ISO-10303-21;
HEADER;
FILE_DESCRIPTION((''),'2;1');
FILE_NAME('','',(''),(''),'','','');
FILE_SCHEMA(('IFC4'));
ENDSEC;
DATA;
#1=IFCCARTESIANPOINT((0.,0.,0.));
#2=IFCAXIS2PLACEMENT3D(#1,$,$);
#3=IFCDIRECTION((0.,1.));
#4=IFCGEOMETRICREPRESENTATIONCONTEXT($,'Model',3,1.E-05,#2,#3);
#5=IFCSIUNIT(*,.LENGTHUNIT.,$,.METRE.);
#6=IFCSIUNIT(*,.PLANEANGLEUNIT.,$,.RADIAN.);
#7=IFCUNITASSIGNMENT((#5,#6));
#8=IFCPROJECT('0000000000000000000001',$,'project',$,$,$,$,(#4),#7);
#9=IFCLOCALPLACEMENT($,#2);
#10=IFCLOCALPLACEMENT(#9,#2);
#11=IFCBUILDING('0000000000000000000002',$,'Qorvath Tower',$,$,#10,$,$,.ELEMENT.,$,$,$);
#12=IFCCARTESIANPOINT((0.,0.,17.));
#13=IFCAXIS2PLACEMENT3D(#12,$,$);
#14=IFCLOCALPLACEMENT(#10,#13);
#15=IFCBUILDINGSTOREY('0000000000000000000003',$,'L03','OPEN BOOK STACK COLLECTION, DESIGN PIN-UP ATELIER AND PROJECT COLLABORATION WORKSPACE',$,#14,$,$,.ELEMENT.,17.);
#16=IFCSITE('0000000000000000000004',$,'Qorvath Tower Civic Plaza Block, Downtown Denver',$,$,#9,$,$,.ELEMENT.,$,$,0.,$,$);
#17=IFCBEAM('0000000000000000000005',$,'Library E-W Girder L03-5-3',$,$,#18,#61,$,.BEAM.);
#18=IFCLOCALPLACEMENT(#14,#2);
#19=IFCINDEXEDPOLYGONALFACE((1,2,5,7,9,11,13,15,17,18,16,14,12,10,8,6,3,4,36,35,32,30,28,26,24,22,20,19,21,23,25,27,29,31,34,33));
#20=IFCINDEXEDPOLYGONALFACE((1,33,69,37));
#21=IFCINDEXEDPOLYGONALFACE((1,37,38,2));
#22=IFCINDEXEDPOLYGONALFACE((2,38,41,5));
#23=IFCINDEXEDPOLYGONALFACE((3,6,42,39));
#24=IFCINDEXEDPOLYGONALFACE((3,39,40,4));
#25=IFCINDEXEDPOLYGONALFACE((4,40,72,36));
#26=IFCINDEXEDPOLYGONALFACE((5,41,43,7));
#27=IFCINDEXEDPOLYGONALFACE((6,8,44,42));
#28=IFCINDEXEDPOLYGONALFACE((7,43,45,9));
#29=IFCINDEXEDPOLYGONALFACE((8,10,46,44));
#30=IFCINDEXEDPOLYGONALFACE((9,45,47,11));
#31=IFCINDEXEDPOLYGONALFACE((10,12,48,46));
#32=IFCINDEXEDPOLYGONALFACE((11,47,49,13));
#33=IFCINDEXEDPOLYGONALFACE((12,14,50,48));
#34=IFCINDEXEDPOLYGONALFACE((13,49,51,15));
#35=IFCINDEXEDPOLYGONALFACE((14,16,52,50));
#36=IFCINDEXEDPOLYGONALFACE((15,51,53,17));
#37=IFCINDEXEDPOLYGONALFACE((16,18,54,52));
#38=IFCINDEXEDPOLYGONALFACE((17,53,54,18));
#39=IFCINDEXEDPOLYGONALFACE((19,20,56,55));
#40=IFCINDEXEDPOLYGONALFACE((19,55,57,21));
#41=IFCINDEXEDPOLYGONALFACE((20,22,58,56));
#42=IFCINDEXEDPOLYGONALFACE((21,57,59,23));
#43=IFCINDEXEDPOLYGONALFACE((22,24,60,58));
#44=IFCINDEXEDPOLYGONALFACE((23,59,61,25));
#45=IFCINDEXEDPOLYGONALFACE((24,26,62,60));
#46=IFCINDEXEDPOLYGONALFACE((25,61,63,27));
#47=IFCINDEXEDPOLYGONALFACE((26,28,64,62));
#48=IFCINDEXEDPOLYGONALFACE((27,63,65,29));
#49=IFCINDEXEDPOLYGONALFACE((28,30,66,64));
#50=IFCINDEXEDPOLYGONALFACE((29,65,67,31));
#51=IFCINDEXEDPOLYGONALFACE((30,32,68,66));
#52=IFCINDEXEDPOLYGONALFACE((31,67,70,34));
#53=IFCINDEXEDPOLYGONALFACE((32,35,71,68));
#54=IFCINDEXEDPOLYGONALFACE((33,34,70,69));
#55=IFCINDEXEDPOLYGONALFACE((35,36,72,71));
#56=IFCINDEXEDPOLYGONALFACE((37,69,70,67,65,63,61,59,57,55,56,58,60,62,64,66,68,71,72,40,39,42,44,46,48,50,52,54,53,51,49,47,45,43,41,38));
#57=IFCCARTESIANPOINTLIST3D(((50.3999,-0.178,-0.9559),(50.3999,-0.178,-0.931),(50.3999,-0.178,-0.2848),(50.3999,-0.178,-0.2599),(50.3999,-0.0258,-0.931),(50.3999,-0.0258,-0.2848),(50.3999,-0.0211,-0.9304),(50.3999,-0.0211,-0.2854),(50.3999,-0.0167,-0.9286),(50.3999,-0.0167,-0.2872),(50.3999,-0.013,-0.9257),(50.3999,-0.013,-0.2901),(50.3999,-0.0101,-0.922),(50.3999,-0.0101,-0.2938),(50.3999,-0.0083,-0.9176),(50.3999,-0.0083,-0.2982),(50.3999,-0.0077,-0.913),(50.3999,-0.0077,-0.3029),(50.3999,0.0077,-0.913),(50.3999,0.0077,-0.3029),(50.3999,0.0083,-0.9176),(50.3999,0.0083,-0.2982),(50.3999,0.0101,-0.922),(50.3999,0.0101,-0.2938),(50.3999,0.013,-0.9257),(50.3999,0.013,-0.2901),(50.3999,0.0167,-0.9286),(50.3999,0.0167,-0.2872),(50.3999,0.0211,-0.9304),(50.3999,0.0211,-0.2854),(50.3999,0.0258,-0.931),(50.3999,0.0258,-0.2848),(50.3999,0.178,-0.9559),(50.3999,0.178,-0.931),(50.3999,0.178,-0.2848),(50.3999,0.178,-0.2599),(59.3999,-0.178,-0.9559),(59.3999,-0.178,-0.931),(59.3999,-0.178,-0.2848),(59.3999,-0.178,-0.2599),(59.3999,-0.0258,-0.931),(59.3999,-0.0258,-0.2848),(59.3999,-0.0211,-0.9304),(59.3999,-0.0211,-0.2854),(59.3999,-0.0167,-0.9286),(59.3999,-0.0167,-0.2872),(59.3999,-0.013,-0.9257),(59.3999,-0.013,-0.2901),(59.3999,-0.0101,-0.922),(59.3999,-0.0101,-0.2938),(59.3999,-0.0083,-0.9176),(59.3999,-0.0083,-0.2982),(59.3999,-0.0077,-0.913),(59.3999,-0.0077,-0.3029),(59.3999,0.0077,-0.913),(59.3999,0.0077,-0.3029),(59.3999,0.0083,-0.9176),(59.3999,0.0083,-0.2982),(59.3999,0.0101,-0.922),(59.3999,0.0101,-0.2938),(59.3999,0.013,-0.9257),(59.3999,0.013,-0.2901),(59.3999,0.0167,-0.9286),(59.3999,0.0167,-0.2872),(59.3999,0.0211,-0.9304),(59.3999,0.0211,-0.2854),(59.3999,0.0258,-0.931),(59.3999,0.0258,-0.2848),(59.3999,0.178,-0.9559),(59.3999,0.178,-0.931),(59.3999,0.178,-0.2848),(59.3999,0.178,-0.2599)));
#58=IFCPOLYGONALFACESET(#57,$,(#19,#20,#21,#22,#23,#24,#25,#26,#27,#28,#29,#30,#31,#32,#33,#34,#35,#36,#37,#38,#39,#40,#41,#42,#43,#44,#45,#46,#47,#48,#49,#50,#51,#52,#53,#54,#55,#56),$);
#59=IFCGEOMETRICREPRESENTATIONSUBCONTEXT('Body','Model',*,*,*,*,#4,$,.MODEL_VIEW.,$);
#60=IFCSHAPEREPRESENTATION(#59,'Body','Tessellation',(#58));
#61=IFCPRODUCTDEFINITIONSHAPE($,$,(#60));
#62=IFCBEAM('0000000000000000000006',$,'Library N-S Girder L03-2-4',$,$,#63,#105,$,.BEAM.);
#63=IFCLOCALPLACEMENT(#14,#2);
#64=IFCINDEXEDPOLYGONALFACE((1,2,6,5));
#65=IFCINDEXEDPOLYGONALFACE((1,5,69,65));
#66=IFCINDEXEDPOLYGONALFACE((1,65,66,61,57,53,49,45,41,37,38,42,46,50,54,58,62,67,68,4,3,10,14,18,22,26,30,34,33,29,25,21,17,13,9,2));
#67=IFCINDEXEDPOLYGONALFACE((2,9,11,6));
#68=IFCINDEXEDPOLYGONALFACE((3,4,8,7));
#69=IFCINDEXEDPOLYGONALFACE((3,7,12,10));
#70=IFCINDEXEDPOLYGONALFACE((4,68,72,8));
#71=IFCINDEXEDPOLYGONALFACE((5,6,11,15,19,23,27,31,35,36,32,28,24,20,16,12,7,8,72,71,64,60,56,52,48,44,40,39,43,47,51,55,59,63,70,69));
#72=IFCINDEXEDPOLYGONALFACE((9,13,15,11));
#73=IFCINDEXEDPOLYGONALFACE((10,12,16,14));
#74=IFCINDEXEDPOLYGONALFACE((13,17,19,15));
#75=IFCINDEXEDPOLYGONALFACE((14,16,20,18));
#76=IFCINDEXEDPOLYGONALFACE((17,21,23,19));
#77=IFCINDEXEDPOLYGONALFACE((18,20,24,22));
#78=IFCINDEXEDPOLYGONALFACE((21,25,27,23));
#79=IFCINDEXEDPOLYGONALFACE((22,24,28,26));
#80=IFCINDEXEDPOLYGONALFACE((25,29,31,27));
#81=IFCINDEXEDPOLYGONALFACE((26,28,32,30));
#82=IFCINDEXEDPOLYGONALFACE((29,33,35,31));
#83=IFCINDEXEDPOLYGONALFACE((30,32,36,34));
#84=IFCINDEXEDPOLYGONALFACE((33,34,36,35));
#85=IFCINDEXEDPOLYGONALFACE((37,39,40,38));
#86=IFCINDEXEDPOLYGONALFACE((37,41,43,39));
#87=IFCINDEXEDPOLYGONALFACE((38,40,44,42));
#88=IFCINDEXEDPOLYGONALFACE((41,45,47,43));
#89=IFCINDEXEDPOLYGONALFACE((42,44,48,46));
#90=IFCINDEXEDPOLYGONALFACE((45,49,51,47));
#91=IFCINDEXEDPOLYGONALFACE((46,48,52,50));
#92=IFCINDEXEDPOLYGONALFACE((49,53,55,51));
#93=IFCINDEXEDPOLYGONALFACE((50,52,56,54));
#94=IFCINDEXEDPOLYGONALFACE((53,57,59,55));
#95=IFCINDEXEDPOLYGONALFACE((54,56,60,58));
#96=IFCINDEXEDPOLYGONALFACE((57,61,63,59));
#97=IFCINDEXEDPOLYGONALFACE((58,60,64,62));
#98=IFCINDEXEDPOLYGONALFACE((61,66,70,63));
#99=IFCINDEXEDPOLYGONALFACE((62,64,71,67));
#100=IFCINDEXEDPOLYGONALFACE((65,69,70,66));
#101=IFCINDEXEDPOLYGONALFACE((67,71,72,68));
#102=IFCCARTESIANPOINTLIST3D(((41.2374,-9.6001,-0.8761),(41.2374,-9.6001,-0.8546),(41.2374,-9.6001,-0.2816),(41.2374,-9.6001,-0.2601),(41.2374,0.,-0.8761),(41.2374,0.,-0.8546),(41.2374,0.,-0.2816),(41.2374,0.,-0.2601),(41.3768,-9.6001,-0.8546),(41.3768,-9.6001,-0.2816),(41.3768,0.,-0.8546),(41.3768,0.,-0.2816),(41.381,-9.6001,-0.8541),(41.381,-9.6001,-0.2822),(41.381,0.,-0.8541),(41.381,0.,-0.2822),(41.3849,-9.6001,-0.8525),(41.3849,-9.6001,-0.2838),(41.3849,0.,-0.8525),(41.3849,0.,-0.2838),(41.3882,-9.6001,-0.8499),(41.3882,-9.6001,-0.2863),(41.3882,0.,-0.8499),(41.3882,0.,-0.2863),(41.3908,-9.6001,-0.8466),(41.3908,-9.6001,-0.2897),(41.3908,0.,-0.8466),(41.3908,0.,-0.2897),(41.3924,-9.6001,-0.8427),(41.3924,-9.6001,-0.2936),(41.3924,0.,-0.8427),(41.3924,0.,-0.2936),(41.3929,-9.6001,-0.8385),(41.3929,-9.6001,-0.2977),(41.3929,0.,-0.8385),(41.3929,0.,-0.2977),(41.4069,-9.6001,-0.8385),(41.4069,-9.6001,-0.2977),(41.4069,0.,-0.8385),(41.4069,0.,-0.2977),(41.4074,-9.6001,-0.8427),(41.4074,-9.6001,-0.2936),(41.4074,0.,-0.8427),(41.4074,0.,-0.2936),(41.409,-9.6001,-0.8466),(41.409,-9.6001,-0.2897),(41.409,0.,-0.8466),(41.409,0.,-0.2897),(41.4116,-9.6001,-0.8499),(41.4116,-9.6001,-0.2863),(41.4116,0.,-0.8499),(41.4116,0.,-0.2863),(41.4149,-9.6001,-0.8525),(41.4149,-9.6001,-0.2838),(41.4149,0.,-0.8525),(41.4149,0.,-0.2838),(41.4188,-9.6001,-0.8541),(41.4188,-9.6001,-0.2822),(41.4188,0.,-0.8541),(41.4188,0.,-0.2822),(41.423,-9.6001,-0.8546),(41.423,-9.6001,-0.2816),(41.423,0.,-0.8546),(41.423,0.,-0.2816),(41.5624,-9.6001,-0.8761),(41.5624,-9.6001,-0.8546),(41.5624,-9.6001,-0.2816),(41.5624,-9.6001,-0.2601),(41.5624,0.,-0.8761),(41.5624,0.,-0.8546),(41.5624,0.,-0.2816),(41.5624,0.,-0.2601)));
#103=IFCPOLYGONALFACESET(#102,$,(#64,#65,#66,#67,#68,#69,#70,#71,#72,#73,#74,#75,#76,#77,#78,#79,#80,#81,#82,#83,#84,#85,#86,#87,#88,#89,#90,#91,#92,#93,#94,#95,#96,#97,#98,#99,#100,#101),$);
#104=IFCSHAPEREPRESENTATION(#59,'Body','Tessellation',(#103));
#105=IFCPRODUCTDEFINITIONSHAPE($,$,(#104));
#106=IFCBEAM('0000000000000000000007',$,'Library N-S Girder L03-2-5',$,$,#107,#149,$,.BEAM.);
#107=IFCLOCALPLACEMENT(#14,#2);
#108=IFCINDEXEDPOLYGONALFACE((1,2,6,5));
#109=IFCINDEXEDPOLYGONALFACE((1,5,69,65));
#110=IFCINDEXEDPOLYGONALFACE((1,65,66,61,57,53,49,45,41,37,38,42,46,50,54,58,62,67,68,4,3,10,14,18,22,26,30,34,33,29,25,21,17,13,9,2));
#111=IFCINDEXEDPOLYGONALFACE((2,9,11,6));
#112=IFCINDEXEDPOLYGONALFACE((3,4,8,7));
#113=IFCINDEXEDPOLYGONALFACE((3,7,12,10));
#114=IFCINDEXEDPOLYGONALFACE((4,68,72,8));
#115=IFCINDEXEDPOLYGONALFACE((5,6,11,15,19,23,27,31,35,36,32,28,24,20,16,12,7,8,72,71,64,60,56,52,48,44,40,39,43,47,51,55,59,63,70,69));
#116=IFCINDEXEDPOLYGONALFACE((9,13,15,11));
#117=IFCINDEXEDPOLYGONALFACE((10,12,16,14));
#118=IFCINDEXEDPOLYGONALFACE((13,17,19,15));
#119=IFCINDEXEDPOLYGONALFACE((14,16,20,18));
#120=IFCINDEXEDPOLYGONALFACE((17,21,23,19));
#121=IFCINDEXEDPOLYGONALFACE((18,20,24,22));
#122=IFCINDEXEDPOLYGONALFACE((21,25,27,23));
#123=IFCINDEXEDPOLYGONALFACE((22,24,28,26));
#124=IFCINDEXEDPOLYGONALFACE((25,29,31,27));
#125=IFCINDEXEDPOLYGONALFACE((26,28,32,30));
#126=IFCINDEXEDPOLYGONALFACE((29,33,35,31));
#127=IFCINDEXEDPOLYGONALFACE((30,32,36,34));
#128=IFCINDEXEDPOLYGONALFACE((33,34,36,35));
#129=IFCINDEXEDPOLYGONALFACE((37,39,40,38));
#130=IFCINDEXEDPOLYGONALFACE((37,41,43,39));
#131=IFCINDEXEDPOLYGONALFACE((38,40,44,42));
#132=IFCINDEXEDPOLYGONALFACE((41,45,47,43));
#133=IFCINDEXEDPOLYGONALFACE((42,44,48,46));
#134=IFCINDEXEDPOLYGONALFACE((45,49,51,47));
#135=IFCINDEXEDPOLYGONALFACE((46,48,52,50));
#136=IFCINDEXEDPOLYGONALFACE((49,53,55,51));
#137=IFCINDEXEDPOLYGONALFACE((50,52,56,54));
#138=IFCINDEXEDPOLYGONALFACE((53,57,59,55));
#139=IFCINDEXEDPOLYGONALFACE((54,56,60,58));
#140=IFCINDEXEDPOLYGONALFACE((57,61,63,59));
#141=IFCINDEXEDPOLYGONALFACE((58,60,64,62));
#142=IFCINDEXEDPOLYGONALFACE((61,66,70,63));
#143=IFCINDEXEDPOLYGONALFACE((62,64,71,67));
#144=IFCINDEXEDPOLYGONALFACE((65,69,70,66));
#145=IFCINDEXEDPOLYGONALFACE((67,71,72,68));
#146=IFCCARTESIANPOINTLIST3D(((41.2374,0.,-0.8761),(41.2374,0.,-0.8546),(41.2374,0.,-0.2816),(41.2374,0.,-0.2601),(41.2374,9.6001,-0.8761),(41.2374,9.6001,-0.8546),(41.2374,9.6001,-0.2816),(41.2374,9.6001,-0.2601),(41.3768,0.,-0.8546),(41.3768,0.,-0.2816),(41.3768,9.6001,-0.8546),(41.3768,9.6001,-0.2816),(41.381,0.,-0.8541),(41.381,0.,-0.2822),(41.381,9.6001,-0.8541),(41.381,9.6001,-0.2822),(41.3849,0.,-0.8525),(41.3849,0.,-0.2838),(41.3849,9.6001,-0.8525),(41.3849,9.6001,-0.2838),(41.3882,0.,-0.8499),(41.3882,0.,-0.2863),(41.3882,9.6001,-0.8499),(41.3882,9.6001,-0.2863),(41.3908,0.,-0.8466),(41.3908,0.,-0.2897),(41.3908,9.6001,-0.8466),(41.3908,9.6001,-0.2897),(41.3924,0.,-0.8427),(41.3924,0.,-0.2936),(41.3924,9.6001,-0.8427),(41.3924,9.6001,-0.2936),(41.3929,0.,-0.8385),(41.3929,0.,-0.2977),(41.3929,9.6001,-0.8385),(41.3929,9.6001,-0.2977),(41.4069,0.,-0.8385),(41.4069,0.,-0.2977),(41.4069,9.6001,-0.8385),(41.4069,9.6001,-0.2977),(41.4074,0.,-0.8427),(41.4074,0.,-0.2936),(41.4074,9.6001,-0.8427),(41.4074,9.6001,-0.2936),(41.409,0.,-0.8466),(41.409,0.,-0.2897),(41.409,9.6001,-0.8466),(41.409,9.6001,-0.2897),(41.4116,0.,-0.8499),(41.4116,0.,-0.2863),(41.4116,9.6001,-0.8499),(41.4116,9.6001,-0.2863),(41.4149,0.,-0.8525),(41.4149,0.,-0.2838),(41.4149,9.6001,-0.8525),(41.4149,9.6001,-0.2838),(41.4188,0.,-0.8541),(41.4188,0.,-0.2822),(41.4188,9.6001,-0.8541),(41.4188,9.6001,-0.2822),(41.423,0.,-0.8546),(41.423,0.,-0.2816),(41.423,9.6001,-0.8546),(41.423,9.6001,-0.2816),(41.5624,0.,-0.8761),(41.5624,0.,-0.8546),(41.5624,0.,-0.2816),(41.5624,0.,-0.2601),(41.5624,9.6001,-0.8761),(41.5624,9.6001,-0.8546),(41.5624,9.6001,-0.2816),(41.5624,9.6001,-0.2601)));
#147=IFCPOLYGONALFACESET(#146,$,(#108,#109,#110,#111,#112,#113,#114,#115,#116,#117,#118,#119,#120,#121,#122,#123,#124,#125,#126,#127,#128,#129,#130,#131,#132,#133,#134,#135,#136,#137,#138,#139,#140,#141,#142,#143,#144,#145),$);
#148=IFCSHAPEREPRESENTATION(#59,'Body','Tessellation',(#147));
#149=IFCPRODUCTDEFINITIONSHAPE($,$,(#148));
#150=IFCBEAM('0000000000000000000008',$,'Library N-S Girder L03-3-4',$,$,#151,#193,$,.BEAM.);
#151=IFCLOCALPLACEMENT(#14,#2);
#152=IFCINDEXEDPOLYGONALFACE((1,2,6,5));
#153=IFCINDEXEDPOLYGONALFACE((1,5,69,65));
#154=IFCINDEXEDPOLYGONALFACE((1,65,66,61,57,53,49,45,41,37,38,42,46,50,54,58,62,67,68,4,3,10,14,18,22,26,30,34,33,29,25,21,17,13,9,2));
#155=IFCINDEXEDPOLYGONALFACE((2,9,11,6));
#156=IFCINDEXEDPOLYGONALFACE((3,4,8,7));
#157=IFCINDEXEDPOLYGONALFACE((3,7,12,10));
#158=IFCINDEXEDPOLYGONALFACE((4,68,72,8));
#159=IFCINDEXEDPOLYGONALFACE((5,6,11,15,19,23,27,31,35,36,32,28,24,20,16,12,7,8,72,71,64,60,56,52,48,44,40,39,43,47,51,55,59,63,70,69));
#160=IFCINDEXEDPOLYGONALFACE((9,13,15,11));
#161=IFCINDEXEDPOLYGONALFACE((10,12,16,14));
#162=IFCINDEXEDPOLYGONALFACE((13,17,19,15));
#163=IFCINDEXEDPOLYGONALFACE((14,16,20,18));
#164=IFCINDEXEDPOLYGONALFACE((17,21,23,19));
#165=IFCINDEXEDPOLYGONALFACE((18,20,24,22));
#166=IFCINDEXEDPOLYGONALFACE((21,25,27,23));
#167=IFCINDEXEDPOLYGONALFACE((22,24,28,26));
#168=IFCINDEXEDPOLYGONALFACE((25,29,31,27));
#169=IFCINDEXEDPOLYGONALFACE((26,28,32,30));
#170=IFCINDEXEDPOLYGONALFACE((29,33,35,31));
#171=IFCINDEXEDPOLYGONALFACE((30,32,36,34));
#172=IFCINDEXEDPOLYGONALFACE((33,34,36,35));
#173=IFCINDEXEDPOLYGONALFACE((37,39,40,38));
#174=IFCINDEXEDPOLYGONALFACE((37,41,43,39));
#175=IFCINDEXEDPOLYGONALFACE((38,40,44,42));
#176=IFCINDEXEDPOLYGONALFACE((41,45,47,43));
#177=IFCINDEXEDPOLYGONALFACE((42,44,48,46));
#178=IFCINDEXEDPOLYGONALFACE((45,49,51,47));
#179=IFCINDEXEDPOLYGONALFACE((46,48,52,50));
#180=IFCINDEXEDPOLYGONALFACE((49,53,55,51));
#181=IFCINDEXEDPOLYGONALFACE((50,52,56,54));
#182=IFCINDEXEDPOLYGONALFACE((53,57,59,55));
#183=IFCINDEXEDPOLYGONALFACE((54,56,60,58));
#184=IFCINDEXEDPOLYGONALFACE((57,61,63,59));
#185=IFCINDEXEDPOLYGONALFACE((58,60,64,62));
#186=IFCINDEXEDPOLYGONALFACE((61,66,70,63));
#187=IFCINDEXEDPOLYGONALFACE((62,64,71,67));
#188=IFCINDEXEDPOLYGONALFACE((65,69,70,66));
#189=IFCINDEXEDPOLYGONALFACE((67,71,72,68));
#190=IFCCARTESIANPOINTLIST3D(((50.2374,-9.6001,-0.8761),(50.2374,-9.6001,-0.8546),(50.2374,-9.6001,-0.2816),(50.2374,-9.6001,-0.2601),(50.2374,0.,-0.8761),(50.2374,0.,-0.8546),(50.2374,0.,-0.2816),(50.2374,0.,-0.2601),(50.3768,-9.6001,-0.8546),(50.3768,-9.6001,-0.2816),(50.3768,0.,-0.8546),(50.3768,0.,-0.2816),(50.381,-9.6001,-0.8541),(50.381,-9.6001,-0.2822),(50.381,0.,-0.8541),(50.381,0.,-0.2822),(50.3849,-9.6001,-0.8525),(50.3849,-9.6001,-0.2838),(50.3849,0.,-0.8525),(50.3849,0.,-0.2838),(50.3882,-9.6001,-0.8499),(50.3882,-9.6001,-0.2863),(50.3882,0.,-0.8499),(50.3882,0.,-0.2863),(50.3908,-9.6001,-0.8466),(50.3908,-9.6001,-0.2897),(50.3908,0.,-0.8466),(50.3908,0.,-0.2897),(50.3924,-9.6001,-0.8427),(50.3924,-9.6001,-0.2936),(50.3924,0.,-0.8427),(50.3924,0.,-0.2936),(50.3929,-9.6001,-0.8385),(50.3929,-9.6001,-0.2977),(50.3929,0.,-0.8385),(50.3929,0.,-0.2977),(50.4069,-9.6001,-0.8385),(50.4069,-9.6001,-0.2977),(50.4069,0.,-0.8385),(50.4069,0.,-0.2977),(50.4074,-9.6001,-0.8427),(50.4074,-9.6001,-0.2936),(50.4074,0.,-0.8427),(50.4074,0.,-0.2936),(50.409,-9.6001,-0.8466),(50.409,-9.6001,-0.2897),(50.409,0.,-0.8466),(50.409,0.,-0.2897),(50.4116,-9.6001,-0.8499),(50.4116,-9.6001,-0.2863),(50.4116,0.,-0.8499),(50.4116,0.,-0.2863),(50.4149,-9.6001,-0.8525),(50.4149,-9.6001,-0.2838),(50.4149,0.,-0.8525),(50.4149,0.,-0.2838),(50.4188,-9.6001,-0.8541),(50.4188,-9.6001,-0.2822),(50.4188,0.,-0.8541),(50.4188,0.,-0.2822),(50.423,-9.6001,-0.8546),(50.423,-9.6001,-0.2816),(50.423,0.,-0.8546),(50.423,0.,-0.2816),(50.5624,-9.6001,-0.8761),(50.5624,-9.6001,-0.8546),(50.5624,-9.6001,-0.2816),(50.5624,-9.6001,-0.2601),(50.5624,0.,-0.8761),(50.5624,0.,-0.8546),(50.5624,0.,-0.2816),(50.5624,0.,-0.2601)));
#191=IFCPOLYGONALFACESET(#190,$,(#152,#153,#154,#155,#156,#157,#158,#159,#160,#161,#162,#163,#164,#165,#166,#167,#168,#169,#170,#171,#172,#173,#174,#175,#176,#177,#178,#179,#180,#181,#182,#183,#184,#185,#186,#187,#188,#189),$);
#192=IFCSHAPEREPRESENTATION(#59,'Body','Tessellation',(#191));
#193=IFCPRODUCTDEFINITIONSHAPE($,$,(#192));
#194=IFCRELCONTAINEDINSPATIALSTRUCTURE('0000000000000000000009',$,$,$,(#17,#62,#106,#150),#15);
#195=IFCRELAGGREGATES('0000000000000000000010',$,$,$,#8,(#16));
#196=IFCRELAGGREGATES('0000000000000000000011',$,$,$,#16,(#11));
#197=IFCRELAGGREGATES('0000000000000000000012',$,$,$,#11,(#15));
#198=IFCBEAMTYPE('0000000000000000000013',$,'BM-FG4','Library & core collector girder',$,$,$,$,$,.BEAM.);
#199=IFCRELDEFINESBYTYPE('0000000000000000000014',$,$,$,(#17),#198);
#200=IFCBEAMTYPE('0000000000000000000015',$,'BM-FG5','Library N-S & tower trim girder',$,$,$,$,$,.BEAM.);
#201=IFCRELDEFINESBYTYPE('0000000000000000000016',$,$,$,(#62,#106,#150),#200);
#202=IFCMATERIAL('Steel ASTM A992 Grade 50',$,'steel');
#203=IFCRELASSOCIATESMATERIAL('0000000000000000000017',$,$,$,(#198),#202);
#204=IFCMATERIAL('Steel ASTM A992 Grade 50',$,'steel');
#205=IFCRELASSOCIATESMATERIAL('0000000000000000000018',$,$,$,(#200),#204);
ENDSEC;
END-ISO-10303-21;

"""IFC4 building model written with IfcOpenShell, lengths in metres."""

from ifc_helpers import new_model, si_unit, direction, frame, origin, origin_2d, place, context, subcontext, project, spatial, i_section, extrude, material, material_profile, profile_set, type_object, element, save


model = new_model("IFC4")

# Units and contexts
model_context = context("Model", 3, precision=1e-05, world=origin(), true_north=direction((0.0, 1.0)))
body_context = subcontext(model_context, "Body", "Model", "MODEL_VIEW")
ifc_project = project(units=[si_unit("LENGTHUNIT", "METRE"), si_unit("PLANEANGLEUNIT", "RADIAN")], contexts=[model_context])

# Site, building, storey
site_placement = place(None, origin())
site = spatial("IfcSite", under=ifc_project, at=site_placement, Name="Qorvath Tower Civic Plaza Block, Downtown Denver", CompositionType="ELEMENT", RefElevation=0.0)
building_placement = place(site_placement, origin())
building = spatial("IfcBuilding", under=site, at=building_placement, Name="Qorvath Tower", CompositionType="ELEMENT")
storey_placement = place(building_placement, frame((0.0, 0.0, 17.0)))
storey = spatial("IfcBuildingStorey", under=building, at=storey_placement, Name="L03", Description="OPEN BOOK STACK COLLECTION, DESIGN PIN-UP ATELIER AND PROJECT COLLABORATION WORKSPACE", CompositionType="ELEMENT", Elevation=17.0)

# Beams
ifc_material_1 = material(Name="Steel ASTM A992 Grade 50", Category="steel")
ifc_material_profile_1 = material_profile(ifc_material_1, i_section(OverallWidth=0.356, OverallDepth=0.696, WebThickness=0.0154, FlangeThickness=0.0249, FilletRadius=0.0181, at=origin_2d()), Name="W27x146")
ifc_profile_set_1 = profile_set([ifc_material_profile_1], Name="Steel ASTM A992 Grade 50")
beam_type_1 = type_object("IfcBeamType", Name="BM-FG4", Description="Library & core collector girder", PredefinedType="BEAM", material=ifc_profile_set_1)
for number, where, z_axis, x_axis, name in (
    (1, (50.3999, 0.0, -0.6079), (1.0, 0.0, 0.0), (0.0, 1.0, 0.0), "Library E-W Girder L03-5-3"),
):
    element("IfcBeam", number, at=place(storey_placement, frame(where, z_axis=z_axis, x_axis=x_axis)), inside=storey, type_object=beam_type_1, Name=name, PredefinedType="BEAM", context=body_context, shape_type="SweptSolid", body=[
        extrude(i_section(OverallWidth=0.356, OverallDepth=0.696, WebThickness=0.0154, FlangeThickness=0.0249, FilletRadius=0.0181, at=origin_2d()), origin(), (0.0, 0.0, 1.0), 9.0),
    ])
ifc_material_2 = material(Name="Steel ASTM A992 Grade 50", Category="steel")
ifc_material_profile_2 = material_profile(ifc_material_2, i_section(OverallWidth=0.325, OverallDepth=0.616, WebThickness=0.0139, FlangeThickness=0.0215, FilletRadius=0.0161, at=origin_2d()), Name="W24x117")
ifc_profile_set_2 = profile_set([ifc_material_profile_2], Name="Steel ASTM A992 Grade 50")
beam_type_2 = type_object("IfcBeamType", Name="BM-FG5", Description="Library N-S & tower trim girder", PredefinedType="BEAM", material=ifc_profile_set_2)
for number, where, z_axis, x_axis, name in (
    (2, (41.3999, -9.6001, -0.5681), (0.0, 1.0, 0.0), (-1.0, 0.0, 0.0), "Library N-S Girder L03-2-4"),
    (3, (41.3999, 0.0, -0.5681), (0.0, 1.0, 0.0), (-1.0, 0.0, 0.0), "Library N-S Girder L03-2-5"),
    (4, (50.3999, -9.6001, -0.5681), (0.0, 1.0, 0.0), (-1.0, 0.0, 0.0), "Library N-S Girder L03-3-4"),
):
    element("IfcBeam", number, at=place(storey_placement, frame(where, z_axis=z_axis, x_axis=x_axis)), inside=storey, type_object=beam_type_2, Name=name, PredefinedType="BEAM", context=body_context, shape_type="SweptSolid", body=[
        extrude(i_section(OverallWidth=0.325, OverallDepth=0.616, WebThickness=0.0139, FlangeThickness=0.0215, FilletRadius=0.0161, at=origin_2d()), origin(), (0.0, 0.0, 1.0), 9.6001),
    ])

save(model, "model.ifc")
